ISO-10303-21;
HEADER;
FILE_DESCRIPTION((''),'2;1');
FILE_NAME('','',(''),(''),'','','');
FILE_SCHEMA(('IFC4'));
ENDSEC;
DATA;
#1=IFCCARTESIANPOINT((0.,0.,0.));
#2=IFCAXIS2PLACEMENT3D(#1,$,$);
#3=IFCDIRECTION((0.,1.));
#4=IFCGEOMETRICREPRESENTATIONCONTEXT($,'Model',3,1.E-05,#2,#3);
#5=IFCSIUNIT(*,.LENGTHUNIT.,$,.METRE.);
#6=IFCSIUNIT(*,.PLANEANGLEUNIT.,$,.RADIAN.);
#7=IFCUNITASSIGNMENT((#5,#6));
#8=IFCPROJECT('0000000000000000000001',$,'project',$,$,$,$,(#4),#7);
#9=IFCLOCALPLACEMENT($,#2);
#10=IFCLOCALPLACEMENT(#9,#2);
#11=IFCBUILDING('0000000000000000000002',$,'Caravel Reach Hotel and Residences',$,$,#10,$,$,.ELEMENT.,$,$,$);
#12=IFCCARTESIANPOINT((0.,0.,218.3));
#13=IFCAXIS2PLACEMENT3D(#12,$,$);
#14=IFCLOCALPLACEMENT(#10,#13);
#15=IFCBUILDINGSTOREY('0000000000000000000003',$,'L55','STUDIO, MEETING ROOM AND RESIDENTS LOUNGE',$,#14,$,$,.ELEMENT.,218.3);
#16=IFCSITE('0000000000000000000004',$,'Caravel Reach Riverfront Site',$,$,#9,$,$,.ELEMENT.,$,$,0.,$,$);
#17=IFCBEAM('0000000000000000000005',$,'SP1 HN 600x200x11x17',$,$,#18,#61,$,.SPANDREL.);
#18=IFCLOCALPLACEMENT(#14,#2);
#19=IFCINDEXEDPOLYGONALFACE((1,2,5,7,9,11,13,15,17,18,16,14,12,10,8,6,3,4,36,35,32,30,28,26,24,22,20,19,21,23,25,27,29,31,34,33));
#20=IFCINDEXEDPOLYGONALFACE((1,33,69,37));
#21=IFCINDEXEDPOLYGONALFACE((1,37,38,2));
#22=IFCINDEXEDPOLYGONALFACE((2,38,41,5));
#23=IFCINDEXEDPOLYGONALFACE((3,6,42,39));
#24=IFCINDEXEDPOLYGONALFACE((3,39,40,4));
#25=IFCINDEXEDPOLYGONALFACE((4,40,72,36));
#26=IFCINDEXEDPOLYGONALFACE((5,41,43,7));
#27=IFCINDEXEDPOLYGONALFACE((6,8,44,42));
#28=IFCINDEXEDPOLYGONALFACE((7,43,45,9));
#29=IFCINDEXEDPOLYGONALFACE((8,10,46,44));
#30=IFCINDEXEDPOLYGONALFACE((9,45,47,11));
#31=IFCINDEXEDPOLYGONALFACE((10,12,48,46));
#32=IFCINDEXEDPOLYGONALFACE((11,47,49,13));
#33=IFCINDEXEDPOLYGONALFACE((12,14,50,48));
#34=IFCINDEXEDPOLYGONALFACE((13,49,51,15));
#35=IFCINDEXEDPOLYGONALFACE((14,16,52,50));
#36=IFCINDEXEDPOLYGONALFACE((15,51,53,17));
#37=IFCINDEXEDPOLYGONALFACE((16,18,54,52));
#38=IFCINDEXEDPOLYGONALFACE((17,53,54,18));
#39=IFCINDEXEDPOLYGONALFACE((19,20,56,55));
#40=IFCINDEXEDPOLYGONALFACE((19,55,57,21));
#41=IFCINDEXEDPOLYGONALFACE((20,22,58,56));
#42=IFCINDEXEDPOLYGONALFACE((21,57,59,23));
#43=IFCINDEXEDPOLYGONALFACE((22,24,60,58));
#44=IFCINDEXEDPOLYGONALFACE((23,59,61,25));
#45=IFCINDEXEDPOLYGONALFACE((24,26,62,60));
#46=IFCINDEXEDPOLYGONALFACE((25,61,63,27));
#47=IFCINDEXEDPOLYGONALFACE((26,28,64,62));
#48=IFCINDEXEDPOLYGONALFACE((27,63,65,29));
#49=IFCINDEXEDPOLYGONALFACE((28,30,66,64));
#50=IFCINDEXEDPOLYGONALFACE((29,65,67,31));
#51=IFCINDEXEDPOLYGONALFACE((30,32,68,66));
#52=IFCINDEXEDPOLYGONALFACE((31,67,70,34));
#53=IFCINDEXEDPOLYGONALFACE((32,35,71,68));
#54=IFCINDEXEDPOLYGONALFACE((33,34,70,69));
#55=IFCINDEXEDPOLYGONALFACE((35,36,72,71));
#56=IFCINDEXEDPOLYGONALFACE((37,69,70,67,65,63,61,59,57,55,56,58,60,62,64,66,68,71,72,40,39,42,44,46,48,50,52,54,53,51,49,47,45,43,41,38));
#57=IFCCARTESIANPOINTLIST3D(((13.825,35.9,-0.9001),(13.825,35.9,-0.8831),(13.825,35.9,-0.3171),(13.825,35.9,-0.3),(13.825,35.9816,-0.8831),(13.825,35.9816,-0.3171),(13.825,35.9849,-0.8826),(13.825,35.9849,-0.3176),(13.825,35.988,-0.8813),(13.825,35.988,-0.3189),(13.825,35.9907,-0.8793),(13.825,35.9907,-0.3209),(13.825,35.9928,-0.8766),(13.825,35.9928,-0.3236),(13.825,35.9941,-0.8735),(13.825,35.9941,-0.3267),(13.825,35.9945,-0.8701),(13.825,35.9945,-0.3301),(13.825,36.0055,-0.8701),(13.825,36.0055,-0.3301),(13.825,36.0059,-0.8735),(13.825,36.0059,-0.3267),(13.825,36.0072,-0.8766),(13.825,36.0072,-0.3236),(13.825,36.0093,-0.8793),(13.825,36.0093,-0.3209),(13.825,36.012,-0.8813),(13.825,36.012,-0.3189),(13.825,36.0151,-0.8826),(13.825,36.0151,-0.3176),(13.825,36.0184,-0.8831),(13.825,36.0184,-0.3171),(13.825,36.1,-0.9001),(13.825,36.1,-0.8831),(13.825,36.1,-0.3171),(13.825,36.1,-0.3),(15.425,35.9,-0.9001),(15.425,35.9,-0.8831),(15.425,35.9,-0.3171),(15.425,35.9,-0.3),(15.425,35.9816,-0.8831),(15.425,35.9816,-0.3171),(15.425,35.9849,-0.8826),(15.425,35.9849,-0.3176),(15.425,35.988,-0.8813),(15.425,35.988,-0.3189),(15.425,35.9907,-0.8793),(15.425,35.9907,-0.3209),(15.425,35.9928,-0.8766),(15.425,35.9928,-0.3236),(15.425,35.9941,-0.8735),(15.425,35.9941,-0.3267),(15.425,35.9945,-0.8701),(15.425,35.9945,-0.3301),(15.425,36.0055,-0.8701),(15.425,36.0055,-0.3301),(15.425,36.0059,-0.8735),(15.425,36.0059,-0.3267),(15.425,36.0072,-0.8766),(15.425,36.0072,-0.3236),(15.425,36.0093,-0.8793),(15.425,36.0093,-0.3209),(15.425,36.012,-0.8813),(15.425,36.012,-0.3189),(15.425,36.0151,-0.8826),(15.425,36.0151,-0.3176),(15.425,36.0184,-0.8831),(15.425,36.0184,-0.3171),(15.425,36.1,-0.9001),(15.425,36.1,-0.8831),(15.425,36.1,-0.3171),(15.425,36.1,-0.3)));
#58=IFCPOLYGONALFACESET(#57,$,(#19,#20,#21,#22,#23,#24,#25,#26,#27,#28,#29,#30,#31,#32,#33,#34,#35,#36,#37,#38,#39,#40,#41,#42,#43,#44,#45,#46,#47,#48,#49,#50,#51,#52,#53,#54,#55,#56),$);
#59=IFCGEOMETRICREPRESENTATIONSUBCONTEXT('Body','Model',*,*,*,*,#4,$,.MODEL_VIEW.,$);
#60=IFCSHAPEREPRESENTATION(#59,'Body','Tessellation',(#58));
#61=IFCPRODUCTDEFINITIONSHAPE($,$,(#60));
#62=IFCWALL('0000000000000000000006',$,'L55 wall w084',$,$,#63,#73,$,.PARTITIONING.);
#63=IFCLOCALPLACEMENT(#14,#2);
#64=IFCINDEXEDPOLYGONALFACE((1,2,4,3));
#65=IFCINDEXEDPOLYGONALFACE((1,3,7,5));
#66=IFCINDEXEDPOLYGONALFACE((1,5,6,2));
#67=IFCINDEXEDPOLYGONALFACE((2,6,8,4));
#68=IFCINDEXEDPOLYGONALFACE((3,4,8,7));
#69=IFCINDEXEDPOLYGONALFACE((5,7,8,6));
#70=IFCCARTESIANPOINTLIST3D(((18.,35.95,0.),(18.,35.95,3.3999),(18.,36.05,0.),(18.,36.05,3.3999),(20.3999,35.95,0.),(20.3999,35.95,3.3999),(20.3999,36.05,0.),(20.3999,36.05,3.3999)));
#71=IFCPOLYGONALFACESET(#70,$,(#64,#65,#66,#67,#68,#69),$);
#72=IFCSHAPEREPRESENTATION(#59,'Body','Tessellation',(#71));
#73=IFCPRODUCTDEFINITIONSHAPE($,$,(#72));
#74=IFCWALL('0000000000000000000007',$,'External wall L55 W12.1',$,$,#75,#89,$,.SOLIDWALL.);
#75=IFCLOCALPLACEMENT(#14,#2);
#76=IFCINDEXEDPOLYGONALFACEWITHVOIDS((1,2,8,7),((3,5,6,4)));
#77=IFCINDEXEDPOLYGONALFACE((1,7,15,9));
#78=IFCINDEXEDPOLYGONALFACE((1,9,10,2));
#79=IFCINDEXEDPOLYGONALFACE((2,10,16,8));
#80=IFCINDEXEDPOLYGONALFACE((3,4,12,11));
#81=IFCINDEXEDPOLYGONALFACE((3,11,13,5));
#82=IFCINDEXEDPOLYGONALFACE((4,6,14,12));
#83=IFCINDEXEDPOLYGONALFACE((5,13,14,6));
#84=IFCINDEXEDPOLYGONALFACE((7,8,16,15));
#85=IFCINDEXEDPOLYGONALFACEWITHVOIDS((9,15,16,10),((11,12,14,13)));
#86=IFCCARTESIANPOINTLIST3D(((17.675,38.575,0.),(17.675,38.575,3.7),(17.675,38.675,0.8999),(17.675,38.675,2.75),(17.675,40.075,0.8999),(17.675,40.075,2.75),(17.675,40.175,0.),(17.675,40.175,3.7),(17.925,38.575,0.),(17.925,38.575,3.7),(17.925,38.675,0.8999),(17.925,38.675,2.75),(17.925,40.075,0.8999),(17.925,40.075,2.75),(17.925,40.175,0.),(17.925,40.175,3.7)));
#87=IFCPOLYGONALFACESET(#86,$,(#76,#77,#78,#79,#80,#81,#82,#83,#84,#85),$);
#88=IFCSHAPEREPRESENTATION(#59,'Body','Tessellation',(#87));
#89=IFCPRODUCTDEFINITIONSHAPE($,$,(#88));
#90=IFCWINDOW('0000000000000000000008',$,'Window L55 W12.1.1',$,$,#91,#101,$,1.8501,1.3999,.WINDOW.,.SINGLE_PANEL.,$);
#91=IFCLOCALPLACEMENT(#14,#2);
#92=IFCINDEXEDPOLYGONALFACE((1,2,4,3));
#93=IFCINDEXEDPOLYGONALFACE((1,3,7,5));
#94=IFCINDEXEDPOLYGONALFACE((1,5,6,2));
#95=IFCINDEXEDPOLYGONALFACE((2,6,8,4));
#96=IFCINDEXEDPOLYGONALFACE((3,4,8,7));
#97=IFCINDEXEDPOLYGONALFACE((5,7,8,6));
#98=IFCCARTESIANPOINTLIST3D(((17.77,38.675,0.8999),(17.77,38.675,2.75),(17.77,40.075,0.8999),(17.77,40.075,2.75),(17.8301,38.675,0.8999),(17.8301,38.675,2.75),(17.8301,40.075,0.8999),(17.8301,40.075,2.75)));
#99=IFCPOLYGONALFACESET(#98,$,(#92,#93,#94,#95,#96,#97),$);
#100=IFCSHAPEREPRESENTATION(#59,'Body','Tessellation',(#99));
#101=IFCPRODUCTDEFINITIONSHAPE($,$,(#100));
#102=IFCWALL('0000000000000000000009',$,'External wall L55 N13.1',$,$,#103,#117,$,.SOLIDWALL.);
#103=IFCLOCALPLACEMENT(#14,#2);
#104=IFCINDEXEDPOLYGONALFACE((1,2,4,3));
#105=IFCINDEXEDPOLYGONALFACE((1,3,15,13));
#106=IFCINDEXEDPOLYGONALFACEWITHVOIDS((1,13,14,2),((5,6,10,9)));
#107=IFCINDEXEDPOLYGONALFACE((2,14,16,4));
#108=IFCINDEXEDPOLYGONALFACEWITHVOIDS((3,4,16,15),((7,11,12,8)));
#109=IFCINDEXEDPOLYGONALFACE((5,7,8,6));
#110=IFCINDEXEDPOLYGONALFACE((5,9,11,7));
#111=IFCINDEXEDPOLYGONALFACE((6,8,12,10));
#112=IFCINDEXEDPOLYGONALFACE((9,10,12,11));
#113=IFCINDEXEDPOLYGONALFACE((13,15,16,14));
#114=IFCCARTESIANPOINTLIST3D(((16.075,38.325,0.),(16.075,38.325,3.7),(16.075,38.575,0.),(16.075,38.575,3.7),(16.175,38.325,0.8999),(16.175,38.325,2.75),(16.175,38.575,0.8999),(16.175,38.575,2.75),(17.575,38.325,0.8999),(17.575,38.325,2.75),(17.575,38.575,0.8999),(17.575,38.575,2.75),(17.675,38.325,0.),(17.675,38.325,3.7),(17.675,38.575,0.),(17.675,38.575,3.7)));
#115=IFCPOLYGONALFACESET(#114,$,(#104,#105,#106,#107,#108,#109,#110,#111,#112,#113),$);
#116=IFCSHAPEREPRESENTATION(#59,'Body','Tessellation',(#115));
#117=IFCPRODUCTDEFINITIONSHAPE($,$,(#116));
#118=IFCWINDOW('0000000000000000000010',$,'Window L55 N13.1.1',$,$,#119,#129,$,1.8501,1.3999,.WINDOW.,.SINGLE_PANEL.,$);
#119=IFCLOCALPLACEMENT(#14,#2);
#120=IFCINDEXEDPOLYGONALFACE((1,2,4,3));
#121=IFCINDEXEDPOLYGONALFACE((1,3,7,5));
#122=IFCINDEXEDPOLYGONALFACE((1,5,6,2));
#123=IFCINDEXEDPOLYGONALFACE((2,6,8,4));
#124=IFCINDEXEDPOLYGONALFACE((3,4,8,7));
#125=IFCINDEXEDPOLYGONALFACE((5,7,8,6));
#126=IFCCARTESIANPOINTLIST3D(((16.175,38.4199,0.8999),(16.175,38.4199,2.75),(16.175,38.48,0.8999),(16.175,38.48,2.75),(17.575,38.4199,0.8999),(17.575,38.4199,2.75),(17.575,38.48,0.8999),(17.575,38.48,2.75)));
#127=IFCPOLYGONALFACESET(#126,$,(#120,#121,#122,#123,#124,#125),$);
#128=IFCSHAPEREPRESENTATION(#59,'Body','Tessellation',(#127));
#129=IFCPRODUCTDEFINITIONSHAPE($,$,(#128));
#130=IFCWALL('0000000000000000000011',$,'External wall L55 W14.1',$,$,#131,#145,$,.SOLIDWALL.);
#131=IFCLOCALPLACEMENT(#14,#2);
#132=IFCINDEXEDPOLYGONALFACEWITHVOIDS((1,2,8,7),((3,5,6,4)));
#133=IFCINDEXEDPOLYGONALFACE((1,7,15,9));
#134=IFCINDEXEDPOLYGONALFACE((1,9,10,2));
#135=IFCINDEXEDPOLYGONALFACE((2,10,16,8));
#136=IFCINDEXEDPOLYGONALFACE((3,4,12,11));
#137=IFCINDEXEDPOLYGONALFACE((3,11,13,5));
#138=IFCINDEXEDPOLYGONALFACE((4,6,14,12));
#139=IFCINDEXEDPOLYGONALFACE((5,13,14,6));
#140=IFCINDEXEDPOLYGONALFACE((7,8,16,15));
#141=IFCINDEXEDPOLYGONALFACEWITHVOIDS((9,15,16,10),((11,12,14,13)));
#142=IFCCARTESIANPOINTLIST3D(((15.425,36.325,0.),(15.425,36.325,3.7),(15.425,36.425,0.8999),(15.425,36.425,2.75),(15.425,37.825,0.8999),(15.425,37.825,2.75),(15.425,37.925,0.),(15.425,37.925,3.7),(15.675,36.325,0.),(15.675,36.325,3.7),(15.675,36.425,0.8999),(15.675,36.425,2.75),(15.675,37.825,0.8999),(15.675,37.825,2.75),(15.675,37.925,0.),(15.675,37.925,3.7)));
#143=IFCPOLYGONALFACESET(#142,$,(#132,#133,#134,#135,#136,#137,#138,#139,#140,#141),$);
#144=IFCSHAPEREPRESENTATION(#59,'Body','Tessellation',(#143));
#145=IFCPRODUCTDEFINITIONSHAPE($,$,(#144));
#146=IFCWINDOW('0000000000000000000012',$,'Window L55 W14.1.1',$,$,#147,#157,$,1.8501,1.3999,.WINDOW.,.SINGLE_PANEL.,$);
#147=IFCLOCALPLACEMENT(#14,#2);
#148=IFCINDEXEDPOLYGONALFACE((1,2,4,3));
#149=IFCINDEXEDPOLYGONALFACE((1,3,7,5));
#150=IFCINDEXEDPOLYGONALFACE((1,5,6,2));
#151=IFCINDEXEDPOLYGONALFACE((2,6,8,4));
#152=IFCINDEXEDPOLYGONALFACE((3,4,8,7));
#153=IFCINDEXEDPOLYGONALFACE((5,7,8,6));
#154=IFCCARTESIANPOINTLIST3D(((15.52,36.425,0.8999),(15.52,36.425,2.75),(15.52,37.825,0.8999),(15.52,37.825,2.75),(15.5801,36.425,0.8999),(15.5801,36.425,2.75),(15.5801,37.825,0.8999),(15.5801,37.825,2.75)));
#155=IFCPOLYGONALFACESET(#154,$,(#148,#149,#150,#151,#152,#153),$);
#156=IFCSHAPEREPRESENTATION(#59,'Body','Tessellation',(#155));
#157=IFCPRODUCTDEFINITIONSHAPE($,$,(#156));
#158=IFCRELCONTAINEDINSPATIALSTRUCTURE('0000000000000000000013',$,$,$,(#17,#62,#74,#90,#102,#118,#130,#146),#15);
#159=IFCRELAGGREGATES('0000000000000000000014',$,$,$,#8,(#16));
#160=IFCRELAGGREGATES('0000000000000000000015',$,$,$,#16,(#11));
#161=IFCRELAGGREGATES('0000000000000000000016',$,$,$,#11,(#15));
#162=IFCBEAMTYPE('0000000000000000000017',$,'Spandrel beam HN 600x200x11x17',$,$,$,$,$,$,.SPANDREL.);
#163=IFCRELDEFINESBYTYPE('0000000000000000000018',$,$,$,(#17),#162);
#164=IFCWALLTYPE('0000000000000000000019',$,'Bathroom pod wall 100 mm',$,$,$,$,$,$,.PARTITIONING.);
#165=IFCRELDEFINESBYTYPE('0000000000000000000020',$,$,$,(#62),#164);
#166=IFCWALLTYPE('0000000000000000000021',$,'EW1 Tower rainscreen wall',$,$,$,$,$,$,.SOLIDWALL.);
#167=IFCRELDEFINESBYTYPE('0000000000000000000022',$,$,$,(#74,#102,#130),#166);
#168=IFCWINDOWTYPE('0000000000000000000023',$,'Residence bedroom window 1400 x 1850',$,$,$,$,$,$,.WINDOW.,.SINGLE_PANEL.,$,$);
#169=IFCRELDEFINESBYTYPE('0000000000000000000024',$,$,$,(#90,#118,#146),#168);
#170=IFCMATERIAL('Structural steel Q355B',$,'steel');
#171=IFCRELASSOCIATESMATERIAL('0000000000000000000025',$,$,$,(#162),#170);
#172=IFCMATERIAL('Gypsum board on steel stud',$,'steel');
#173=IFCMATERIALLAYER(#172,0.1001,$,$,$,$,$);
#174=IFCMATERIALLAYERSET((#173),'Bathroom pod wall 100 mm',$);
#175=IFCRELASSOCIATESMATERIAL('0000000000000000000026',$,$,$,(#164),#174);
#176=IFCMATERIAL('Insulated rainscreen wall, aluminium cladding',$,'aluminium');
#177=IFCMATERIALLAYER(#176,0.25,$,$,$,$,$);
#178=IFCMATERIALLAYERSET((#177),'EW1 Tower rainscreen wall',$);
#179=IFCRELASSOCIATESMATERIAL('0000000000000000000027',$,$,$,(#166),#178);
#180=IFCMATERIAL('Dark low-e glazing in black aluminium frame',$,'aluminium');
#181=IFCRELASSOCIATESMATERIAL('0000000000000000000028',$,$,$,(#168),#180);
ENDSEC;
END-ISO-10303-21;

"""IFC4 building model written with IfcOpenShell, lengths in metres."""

from ifc_helpers import new_model, si_unit, direction, frame, frame_2d, origin, origin_2d, place, context, subcontext, project, spatial, rectangle, i_section, extrude, material, layer, layer_set, material_profile, profile_set, type_object, element, fill, save


model = new_model("IFC4")

# Units and contexts
model_context = context("Model", 3, precision=1e-05, world=origin(), true_north=direction((0.0, 1.0)))
body_context = subcontext(model_context, "Body", "Model", "MODEL_VIEW")
ifc_project = project(units=[si_unit("LENGTHUNIT", "METRE"), si_unit("PLANEANGLEUNIT", "RADIAN")], contexts=[model_context])

# Site, building, storey
site_placement = place(None, origin())
site = spatial("IfcSite", under=ifc_project, at=site_placement, Name="Caravel Reach Riverfront Site", CompositionType="ELEMENT", RefElevation=0.0)
building_placement = place(site_placement, origin())
building = spatial("IfcBuilding", under=site, at=building_placement, Name="Caravel Reach Hotel and Residences", CompositionType="ELEMENT")
storey_placement = place(building_placement, frame((0.0, 0.0, 218.3)))
storey = spatial("IfcBuildingStorey", under=building, at=storey_placement, Name="L55", Description="STUDIO, MEETING ROOM AND RESIDENTS LOUNGE", CompositionType="ELEMENT", Elevation=218.3)

# Beam
ifc_material_1 = material(Name="Structural steel Q355B", Category="steel")
ifc_material_profile_1 = material_profile(ifc_material_1, i_section(OverallWidth=0.2, OverallDepth=0.6001, WebThickness=0.011, FlangeThickness=0.0171, FilletRadius=0.0129, at=origin_2d()), Name="HN 600x200x11x17")
ifc_profile_set_1 = profile_set([ifc_material_profile_1], Name="Structural steel Q355B")
beam_type = type_object("IfcBeamType", Name="Spandrel beam HN 600x200x11x17", PredefinedType="SPANDREL", material=ifc_profile_set_1)
for number, where, z_axis, x_axis, name in (
    (1, (15.425, 36.0, -0.6001), (-1.0, 0.0, 0.0), (0.0, -1.0, 0.0), "SP1 HN 600x200x11x17"),
):
    element("IfcBeam", number, at=place(storey_placement, frame(where, z_axis=z_axis, x_axis=x_axis)), inside=storey, type_object=beam_type, Name=name, PredefinedType="SPANDREL", context=body_context, shape_type="SweptSolid", body=[
        extrude(i_section(OverallWidth=0.2, OverallDepth=0.6001, WebThickness=0.011, FlangeThickness=0.0171, FilletRadius=0.0129, at=origin_2d()), origin(), (0.0, 0.0, 1.0), 1.6001),
    ])

# Wall
ifc_material_2 = material(Name="Gypsum board on steel stud", Category="steel")
ifc_layer_1 = layer(ifc_material_2, 0.1001)
ifc_layer_set_1 = layer_set([ifc_layer_1], Name="Bathroom pod wall 100 mm")
wall_type_1 = type_object("IfcWallType", Name="Bathroom pod wall 100 mm", PredefinedType="PARTITIONING", material=ifc_layer_set_1)
wall_1_placement = place(storey_placement, frame((18.0, 36.0, 0.0), z_axis=(0.0, 0.0, 1.0), x_axis=(1.0, 0.0, 0.0)))
element("IfcWall", 2, at=wall_1_placement, inside=storey, type_object=wall_type_1, Name="L55 wall w084", PredefinedType="PARTITIONING", context=body_context, shape_type="SweptSolid", body=[
    extrude(rectangle(XDim=2.3999, YDim=0.1001, at=frame_2d((1.2, 0.0))), origin(), (0.0, 0.0, 1.0), 3.3999),
])

# Walls, openings, windows
ifc_material_3 = material(Name="Insulated rainscreen wall, aluminium cladding", Category="aluminium")
ifc_layer_2 = layer(ifc_material_3, 0.25)
ifc_layer_set_2 = layer_set([ifc_layer_2], Name="EW1 Tower rainscreen wall")
wall_type_2 = type_object("IfcWallType", Name="EW1 Tower rainscreen wall", PredefinedType="SOLIDWALL", material=ifc_layer_set_2)
wall_2_placement = place(storey_placement, frame((17.8, 40.175, 0.0), z_axis=(0.0, 0.0, 1.0), x_axis=(0.0, -1.0, 0.0)))
wall_2 = element("IfcWall", 3, at=wall_2_placement, inside=storey, type_object=wall_type_2, Name="External wall L55 W12.1", PredefinedType="SOLIDWALL", context=body_context, shape_type="SweptSolid", body=[
    extrude(rectangle(XDim=1.6001, YDim=0.25, at=frame_2d((0.8, 0.0))), origin(), (0.0, 0.0, 1.0), 3.7),
])
opening_1_placement = place(wall_2_placement, frame((0.1001, 0.0, 0.8999)))
opening_1 = element("IfcOpeningElement", 4, at=opening_1_placement, cuts=wall_2, PredefinedType="OPENING", context=body_context, shape_type="SweptSolid", body=[
    extrude(rectangle(XDim=1.3999, YDim=1.8501, at=frame_2d((0.7, 0.925))), frame((0.0, 0.135, 0.0), z_axis=(0.0, -1.0, 0.0), x_axis=(1.0, 0.0, 0.0)), (0.0, 0.0, 1.0), 0.27),
])
ifc_material_4 = material(Name="Dark low-e glazing in black aluminium frame", Category="aluminium")
window_type = type_object("IfcWindowType", Name="Residence bedroom window 1400 x 1850", PartitioningType="SINGLE_PANEL", PredefinedType="WINDOW", material=ifc_material_4)
window_1_placement = place(opening_1_placement, origin())
window_1 = element("IfcWindow", 5, at=window_1_placement, inside=storey, type_object=window_type, Name="Window L55 W12.1.1", OverallHeight=1.8501, OverallWidth=1.3999, PartitioningType="SINGLE_PANEL", PredefinedType="WINDOW", context=body_context, shape_type="SweptSolid", body=[
    extrude(rectangle(XDim=1.3999, YDim=1.8501, at=frame_2d((0.7, 0.925))), frame((0.0, 0.03, 0.0), z_axis=(0.0, -1.0, 0.0), x_axis=(1.0, 0.0, 0.0)), (0.0, 0.0, 1.0), 0.0601),
])
fill(opening_1, window_1)
wall_3_placement = place(storey_placement, frame((17.675, 38.45, 0.0), z_axis=(0.0, 0.0, 1.0), x_axis=(-1.0, 0.0, 0.0)))
wall_3 = element("IfcWall", 6, at=wall_3_placement, inside=storey, type_object=wall_type_2, Name="External wall L55 N13.1", PredefinedType="SOLIDWALL", context=body_context, shape_type="SweptSolid", body=[
    extrude(rectangle(XDim=1.6001, YDim=0.25, at=frame_2d((0.8, 0.0))), origin(), (0.0, 0.0, 1.0), 3.7),
])
opening_2_placement = place(wall_3_placement, frame((0.1001, 0.0, 0.8999)))
opening_2 = element("IfcOpeningElement", 7, at=opening_2_placement, cuts=wall_3, PredefinedType="OPENING", context=body_context, shape_type="SweptSolid", body=[
    extrude(rectangle(XDim=1.3999, YDim=1.8501, at=frame_2d((0.7, 0.925))), frame((0.0, 0.135, 0.0), z_axis=(0.0, -1.0, 0.0), x_axis=(1.0, 0.0, 0.0)), (0.0, 0.0, 1.0), 0.27),
])
window_2_placement = place(opening_2_placement, origin())
window_2 = element("IfcWindow", 8, at=window_2_placement, inside=storey, type_object=window_type, Name="Window L55 N13.1.1", OverallHeight=1.8501, OverallWidth=1.3999, PartitioningType="SINGLE_PANEL", PredefinedType="WINDOW", context=body_context, shape_type="SweptSolid", body=[
    extrude(rectangle(XDim=1.3999, YDim=1.8501, at=frame_2d((0.7, 0.925))), frame((0.0, 0.03, 0.0), z_axis=(0.0, -1.0, 0.0), x_axis=(1.0, 0.0, 0.0)), (0.0, 0.0, 1.0), 0.0601),
])
fill(opening_2, window_2)
wall_4_placement = place(storey_placement, frame((15.55, 37.925, 0.0), z_axis=(0.0, 0.0, 1.0), x_axis=(0.0, -1.0, 0.0)))
wall_4 = element("IfcWall", 9, at=wall_4_placement, inside=storey, type_object=wall_type_2, Name="External wall L55 W14.1", PredefinedType="SOLIDWALL", context=body_context, shape_type="SweptSolid", body=[
    extrude(rectangle(XDim=1.6001, YDim=0.25, at=frame_2d((0.8, 0.0))), origin(), (0.0, 0.0, 1.0), 3.7),
])
opening_3_placement = place(wall_4_placement, frame((0.1001, 0.0, 0.8999)))
opening_3 = element("IfcOpeningElement", 10, at=opening_3_placement, cuts=wall_4, PredefinedType="OPENING", context=body_context, shape_type="SweptSolid", body=[
    extrude(rectangle(XDim=1.3999, YDim=1.8501, at=frame_2d((0.7, 0.925))), frame((0.0, 0.135, 0.0), z_axis=(0.0, -1.0, 0.0), x_axis=(1.0, 0.0, 0.0)), (0.0, 0.0, 1.0), 0.27),
])
window_3_placement = place(opening_3_placement, origin())
window_3 = element("IfcWindow", 11, at=window_3_placement, inside=storey, type_object=window_type, Name="Window L55 W14.1.1", OverallHeight=1.8501, OverallWidth=1.3999, PartitioningType="SINGLE_PANEL", PredefinedType="WINDOW", context=body_context, shape_type="SweptSolid", body=[
    extrude(rectangle(XDim=1.3999, YDim=1.8501, at=frame_2d((0.7, 0.925))), frame((0.0, 0.03, 0.0), z_axis=(0.0, -1.0, 0.0), x_axis=(1.0, 0.0, 0.0)), (0.0, 0.0, 1.0), 0.0601),
])
fill(opening_3, window_3)

save(model, "model.ifc")
